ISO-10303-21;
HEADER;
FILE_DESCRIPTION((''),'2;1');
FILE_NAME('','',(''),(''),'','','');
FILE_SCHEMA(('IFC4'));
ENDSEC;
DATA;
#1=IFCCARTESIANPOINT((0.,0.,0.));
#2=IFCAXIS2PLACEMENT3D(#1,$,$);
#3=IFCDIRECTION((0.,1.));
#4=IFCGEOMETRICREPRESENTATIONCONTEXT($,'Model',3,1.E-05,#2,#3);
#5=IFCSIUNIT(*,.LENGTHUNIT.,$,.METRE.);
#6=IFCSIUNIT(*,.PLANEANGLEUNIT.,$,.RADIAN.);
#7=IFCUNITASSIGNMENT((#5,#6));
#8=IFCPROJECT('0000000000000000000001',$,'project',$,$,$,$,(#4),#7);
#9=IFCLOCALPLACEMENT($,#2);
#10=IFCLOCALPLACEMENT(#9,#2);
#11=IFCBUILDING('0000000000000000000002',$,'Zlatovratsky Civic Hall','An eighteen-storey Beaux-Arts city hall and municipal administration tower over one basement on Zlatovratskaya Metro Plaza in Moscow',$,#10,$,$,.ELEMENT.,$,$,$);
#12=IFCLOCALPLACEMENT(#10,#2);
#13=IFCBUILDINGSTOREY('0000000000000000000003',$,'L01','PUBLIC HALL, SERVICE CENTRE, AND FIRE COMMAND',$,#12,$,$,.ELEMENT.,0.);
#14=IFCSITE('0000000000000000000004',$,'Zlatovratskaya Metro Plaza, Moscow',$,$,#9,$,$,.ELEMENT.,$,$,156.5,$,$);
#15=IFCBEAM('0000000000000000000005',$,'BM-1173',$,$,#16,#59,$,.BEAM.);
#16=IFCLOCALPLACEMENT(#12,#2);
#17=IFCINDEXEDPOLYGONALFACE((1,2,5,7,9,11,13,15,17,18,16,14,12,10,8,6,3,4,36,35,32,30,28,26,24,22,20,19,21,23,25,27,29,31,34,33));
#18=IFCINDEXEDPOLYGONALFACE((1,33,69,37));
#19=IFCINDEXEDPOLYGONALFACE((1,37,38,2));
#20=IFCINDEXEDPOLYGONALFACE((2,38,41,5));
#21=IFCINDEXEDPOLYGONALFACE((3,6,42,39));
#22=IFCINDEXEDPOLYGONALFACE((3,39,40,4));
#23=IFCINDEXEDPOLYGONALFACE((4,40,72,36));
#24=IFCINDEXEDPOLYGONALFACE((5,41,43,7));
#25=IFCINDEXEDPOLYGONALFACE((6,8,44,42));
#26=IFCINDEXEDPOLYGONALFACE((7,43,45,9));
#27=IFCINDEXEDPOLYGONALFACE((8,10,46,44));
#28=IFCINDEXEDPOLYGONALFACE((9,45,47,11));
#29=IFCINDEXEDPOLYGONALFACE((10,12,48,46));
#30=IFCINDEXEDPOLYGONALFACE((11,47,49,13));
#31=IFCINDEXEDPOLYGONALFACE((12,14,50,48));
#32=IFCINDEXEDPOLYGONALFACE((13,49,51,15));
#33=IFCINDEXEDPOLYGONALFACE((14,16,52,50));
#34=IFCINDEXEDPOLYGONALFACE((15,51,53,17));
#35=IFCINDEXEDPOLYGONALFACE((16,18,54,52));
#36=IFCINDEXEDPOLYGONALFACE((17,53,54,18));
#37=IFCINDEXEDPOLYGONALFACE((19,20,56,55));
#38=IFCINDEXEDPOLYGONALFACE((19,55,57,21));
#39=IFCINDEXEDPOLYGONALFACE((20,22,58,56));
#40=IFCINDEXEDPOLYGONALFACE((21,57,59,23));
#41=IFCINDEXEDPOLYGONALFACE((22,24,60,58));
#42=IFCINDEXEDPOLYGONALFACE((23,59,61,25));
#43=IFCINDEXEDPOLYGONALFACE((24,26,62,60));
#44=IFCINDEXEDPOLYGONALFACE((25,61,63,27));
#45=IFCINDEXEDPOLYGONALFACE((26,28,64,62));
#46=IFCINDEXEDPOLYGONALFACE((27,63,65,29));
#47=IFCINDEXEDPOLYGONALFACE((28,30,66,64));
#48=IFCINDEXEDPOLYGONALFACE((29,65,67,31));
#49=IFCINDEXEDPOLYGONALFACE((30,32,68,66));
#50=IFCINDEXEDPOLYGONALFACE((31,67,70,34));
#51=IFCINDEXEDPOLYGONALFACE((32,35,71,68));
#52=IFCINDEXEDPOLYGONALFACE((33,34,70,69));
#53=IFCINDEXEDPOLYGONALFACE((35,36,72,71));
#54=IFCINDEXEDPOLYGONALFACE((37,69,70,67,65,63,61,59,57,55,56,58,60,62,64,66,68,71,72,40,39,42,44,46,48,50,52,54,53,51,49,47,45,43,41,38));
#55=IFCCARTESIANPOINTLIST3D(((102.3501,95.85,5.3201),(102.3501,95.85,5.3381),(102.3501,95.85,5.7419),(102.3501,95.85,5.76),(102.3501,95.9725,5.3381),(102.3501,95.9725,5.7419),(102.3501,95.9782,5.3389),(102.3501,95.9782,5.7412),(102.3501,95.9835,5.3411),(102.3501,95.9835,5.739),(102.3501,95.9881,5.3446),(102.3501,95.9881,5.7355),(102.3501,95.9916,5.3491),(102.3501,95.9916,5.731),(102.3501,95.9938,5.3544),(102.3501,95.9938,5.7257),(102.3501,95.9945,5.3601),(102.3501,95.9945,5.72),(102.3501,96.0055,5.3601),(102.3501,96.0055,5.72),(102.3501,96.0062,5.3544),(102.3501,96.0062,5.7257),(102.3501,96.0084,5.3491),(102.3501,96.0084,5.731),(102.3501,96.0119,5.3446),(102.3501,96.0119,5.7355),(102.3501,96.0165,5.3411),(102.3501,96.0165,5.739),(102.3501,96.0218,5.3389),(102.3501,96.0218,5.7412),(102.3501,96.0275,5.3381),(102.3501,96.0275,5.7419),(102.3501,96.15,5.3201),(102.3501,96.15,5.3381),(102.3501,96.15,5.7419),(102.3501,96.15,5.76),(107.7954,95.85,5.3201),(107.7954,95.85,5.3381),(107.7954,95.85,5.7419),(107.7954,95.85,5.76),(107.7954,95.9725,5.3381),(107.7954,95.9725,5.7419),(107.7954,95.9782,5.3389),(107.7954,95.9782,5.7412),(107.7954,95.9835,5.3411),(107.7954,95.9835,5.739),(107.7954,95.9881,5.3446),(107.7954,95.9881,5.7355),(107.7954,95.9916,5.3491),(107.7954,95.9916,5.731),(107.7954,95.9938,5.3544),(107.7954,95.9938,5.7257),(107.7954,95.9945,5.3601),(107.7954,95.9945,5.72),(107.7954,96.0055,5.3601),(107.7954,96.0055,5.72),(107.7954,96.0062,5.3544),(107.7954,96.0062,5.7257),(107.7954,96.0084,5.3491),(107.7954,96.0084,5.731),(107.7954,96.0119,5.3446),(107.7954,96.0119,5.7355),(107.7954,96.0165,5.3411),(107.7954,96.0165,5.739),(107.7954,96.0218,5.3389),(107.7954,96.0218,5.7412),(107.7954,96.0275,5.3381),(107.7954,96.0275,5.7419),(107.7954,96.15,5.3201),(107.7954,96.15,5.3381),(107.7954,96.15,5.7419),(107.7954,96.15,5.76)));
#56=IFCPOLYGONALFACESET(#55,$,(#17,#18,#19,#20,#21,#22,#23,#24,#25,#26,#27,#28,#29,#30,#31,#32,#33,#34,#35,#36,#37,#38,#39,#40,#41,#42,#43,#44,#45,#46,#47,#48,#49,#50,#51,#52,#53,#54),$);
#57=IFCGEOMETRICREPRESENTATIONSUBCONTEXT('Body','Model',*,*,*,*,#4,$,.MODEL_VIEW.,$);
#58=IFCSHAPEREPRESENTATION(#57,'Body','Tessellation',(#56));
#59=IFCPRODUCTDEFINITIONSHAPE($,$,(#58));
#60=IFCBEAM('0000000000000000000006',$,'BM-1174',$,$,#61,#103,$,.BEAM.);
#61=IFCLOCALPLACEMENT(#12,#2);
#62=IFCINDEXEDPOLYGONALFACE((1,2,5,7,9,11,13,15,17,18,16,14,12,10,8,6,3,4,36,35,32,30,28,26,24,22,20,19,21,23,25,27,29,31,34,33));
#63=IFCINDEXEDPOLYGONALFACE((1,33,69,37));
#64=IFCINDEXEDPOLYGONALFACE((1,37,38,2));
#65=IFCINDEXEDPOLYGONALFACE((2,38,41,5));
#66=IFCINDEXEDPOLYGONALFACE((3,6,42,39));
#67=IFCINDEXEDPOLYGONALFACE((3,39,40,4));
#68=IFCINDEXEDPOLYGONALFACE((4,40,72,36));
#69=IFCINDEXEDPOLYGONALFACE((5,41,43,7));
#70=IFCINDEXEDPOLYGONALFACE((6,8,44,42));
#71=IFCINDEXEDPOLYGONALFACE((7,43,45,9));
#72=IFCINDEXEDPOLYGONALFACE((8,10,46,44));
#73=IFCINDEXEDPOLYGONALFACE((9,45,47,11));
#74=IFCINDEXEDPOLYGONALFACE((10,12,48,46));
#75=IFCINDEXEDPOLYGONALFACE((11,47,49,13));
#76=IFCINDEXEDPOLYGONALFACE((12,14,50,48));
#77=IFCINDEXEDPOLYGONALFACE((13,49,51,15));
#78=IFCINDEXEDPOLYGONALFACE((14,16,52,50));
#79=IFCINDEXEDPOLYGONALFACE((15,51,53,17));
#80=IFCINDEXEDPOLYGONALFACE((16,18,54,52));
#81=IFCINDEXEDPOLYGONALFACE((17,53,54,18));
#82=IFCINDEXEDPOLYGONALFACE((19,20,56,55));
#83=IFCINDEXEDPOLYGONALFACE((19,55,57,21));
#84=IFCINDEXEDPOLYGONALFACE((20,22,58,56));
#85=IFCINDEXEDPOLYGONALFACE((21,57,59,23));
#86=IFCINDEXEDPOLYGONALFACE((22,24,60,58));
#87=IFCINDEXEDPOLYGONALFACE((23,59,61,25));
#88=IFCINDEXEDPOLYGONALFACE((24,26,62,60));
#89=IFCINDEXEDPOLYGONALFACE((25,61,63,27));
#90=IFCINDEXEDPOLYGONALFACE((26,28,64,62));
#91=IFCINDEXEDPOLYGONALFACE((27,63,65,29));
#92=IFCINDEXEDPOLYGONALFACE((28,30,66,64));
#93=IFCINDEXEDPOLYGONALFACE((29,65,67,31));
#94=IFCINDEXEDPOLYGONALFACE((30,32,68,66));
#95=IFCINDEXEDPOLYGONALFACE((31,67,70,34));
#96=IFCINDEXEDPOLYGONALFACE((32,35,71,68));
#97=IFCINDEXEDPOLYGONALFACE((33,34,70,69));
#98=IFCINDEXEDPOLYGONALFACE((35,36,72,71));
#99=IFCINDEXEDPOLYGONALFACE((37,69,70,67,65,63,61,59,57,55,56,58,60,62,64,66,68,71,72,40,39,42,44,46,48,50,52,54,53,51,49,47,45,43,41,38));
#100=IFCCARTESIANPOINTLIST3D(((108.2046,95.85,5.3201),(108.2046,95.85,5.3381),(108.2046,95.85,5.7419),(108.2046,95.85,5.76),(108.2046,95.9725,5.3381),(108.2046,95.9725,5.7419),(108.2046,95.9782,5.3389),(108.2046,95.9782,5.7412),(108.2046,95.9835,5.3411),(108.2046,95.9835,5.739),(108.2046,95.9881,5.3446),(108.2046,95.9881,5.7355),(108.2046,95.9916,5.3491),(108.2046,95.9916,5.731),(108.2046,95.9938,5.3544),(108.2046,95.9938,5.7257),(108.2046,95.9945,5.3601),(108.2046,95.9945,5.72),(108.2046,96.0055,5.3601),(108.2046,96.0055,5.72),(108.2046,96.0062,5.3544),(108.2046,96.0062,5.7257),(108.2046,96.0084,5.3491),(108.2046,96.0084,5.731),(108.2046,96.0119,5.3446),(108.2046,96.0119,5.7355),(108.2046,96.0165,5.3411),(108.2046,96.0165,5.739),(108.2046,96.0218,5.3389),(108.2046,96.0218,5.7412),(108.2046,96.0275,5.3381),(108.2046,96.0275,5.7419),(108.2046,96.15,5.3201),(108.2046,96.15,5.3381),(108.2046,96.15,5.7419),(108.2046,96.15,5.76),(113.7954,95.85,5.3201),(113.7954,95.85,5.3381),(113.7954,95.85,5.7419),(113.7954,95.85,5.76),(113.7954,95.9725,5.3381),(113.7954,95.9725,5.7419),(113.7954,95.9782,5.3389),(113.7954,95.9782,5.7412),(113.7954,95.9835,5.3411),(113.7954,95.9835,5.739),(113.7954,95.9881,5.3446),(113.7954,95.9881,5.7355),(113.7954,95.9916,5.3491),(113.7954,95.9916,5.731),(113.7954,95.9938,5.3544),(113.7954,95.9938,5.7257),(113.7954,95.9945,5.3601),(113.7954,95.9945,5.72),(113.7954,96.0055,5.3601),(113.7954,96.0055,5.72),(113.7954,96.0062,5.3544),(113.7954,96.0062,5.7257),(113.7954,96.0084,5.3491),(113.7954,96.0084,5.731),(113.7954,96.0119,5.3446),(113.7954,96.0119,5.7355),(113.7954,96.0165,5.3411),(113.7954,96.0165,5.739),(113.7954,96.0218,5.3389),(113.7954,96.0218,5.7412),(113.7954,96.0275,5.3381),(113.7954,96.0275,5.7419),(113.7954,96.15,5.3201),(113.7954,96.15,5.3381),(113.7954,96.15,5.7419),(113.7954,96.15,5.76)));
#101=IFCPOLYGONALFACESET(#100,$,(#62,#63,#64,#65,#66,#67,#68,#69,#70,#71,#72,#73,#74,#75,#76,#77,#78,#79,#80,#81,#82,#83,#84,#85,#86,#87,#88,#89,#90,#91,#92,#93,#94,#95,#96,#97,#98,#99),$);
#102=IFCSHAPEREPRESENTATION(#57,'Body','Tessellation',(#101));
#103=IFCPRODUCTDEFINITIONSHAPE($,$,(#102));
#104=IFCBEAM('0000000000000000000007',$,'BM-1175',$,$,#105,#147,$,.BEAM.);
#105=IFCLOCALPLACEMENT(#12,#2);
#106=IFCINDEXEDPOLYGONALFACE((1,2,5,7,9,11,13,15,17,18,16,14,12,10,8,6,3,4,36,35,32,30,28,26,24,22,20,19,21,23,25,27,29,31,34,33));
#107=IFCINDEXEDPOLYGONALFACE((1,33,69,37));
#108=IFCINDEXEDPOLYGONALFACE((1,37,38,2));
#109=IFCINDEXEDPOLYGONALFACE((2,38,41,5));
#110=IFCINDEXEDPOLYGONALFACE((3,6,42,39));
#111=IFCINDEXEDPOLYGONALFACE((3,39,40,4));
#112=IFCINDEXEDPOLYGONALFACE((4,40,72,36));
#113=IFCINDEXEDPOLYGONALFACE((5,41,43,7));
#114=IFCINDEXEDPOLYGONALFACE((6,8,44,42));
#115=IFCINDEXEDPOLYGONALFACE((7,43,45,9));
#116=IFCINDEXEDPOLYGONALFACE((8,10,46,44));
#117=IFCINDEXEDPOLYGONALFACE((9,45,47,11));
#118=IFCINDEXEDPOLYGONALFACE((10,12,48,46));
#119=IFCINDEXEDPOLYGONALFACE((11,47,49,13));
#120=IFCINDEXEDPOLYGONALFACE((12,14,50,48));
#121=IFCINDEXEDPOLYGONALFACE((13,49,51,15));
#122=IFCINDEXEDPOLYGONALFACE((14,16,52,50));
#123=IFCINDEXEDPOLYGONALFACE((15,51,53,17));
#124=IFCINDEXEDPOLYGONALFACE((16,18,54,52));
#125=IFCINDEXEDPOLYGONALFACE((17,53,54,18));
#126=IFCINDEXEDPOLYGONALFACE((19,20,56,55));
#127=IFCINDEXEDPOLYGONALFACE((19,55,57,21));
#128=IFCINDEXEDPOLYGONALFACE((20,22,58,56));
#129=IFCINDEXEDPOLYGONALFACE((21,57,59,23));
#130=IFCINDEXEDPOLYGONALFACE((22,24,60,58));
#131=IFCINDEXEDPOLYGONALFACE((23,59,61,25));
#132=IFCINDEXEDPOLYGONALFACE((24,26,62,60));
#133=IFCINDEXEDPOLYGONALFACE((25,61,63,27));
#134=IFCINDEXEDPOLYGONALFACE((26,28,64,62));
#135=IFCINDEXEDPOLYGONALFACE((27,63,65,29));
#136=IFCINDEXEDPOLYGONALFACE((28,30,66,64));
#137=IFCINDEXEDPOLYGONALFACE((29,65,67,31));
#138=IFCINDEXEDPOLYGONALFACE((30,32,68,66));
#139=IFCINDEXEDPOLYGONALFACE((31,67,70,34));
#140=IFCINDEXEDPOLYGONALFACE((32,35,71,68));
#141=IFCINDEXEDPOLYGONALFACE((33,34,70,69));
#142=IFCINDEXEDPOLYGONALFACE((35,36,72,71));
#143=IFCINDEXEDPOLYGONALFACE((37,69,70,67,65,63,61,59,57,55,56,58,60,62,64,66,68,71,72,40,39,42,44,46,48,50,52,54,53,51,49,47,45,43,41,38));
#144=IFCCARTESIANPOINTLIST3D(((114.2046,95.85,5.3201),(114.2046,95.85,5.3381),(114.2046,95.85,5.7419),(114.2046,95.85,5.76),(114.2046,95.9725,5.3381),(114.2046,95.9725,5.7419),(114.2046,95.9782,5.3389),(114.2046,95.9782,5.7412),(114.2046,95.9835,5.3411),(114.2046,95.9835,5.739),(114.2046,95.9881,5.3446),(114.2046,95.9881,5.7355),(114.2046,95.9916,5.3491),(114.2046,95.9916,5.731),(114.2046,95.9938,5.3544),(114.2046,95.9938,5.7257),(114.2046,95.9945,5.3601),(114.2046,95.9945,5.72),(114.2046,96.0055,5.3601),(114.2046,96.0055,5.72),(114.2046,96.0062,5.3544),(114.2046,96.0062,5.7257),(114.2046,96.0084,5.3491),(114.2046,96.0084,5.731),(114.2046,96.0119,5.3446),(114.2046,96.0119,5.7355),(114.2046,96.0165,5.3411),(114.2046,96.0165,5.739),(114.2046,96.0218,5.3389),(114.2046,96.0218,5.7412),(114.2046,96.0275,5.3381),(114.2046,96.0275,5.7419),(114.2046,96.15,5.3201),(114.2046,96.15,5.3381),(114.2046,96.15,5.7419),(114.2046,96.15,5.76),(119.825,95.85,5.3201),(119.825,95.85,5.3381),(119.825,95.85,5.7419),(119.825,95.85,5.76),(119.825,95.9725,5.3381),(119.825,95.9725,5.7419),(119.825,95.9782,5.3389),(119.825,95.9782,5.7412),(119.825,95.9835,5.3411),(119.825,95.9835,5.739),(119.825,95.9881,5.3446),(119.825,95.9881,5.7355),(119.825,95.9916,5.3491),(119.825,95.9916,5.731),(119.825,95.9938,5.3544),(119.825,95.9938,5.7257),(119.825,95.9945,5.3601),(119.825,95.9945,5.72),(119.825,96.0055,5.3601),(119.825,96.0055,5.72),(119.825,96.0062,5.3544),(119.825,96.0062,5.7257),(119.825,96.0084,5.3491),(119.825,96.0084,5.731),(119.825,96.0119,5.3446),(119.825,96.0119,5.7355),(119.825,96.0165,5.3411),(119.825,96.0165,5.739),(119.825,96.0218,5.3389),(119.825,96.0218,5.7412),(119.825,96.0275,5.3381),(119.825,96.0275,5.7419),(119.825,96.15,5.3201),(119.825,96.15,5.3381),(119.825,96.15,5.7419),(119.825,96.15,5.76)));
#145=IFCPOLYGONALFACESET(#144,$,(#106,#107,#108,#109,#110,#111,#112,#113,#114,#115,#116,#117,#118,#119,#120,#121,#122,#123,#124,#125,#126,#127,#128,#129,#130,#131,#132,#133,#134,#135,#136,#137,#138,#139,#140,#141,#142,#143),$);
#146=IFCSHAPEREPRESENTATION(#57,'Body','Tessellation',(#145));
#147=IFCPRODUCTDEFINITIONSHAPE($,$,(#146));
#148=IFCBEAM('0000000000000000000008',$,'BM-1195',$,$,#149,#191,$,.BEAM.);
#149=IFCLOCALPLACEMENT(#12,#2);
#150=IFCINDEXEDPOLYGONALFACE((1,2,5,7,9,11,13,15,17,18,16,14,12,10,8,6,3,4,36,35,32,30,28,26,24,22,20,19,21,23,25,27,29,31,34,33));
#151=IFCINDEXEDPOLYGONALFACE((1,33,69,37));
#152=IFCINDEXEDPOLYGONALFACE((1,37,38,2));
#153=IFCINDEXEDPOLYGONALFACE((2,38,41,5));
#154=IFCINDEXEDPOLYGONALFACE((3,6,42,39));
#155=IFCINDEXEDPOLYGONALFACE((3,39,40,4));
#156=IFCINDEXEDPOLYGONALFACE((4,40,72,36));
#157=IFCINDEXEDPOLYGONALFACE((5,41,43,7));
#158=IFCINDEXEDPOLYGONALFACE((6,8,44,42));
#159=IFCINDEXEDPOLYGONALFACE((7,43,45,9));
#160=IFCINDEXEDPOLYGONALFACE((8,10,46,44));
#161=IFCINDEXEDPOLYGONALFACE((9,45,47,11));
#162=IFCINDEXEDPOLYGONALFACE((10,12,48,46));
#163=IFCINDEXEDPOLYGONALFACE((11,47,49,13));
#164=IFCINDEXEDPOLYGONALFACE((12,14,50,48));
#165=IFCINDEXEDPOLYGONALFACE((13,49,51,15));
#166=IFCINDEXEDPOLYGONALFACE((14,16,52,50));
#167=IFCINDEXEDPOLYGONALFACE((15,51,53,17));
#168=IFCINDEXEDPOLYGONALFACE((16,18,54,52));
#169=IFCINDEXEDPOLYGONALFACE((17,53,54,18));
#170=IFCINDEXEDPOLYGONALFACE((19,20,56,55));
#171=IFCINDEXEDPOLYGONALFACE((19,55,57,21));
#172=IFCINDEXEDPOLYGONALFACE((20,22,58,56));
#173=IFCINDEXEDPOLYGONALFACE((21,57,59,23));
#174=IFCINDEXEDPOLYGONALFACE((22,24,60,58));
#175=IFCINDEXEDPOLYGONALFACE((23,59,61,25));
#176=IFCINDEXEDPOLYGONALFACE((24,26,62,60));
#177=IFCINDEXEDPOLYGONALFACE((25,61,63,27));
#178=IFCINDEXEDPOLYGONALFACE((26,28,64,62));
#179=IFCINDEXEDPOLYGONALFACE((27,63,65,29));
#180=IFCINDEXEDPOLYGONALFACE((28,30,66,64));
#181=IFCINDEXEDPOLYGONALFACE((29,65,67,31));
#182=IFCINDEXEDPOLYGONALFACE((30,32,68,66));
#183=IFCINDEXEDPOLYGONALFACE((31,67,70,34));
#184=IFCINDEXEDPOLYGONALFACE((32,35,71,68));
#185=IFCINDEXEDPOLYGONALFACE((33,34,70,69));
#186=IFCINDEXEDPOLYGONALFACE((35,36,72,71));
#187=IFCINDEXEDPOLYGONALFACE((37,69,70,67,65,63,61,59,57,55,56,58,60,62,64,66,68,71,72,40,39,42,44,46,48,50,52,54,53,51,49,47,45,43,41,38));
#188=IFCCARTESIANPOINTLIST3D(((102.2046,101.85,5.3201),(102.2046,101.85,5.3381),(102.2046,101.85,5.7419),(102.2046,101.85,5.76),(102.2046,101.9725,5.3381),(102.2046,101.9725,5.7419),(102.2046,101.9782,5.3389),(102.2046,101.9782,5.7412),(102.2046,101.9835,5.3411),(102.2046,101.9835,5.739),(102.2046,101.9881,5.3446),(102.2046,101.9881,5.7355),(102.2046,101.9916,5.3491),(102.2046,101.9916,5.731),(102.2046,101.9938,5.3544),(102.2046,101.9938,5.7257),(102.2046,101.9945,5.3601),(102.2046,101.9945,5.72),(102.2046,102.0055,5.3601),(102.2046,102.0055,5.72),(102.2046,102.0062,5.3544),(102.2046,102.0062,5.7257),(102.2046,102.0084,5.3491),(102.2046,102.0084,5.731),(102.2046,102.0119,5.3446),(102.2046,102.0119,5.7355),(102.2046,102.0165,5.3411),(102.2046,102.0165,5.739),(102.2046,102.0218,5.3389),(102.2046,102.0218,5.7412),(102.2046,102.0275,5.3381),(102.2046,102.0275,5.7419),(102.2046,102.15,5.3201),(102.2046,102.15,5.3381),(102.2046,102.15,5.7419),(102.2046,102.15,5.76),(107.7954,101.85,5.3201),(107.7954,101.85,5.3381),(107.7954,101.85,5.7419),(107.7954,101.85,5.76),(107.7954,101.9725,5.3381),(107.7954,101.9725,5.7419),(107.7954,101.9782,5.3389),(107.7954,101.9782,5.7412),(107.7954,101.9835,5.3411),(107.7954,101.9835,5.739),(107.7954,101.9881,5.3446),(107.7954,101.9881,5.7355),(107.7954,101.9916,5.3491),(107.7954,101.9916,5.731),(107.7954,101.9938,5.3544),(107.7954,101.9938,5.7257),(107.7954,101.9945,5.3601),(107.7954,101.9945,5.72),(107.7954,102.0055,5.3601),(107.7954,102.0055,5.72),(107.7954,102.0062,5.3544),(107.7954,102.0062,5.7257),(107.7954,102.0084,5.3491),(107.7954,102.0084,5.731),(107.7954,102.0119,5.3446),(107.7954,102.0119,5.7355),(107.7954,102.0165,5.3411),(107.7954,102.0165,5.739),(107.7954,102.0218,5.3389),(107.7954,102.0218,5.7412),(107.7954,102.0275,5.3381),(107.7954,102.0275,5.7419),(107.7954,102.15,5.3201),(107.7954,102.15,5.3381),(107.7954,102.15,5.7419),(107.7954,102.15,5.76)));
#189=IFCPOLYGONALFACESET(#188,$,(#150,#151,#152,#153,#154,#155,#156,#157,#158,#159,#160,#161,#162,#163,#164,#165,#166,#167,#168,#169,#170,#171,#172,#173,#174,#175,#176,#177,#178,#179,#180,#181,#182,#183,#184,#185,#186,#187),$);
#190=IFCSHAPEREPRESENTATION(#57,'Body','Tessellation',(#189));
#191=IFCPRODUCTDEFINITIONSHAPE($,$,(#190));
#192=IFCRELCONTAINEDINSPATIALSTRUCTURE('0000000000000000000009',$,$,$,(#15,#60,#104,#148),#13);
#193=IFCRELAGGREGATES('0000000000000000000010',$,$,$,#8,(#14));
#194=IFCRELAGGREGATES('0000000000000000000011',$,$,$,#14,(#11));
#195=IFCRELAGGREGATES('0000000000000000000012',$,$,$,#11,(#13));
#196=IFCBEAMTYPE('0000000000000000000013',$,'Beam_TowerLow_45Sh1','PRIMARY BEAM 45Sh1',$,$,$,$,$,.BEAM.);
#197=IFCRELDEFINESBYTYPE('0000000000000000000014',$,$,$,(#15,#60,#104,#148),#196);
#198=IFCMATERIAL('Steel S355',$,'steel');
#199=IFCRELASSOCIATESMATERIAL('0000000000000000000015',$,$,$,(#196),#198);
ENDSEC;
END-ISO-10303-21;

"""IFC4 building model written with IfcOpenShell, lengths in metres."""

from ifc_helpers import new_model, si_unit, direction, frame, origin, origin_2d, place, context, subcontext, project, spatial, i_section, extrude, material, material_profile, profile_set, type_object, element, save


model = new_model("IFC4")

# Units and contexts
model_context = context("Model", 3, precision=1e-05, world=origin(), true_north=direction((0.0, 1.0)))
body_context = subcontext(model_context, "Body", "Model", "MODEL_VIEW")
ifc_project = project(units=[si_unit("LENGTHUNIT", "METRE"), si_unit("PLANEANGLEUNIT", "RADIAN")], contexts=[model_context])

# Site, building, storey
site_placement = place(None, origin())
site = spatial("IfcSite", under=ifc_project, at=site_placement, Name="Zlatovratskaya Metro Plaza, Moscow", CompositionType="ELEMENT", RefElevation=156.5)
building_placement = place(site_placement, origin())
building = spatial("IfcBuilding", under=site, at=building_placement, Name="Zlatovratsky Civic Hall", Description="An eighteen-storey Beaux-Arts city hall and municipal administration tower over one basement on Zlatovratskaya Metro Plaza in Moscow", CompositionType="ELEMENT")
storey_placement = place(building_placement, origin())
storey = spatial("IfcBuildingStorey", under=building, at=storey_placement, Name="L01", Description="PUBLIC HALL, SERVICE CENTRE, AND FIRE COMMAND", CompositionType="ELEMENT", Elevation=0.0)

# Shared definitions
ifc_material_1 = material(Name="Steel S355", Category="steel")

# Beams
ifc_material_profile_1 = material_profile(ifc_material_1, i_section(OverallWidth=0.3, OverallDepth=0.4399, WebThickness=0.011, FlangeThickness=0.0181, FilletRadius=0.022, at=origin_2d()), Name="45Sh1")
ifc_profile_set_1 = profile_set([ifc_material_profile_1], Name="Steel S355")
beam_type = type_object("IfcBeamType", Name="Beam_TowerLow_45Sh1", Description="PRIMARY BEAM 45Sh1", PredefinedType="BEAM", material=ifc_profile_set_1)
beam_1_placement = place(storey_placement, frame((102.3501, 96.0, 5.54), z_axis=(1.0, 0.0, 0.0), x_axis=(0.0, 1.0, 0.0)))
element("IfcBeam", 1, at=beam_1_placement, inside=storey, type_object=beam_type, Name="BM-1173", PredefinedType="BEAM", context=body_context, shape_type="SweptSolid", body=[
    extrude(i_section(OverallWidth=0.3, OverallDepth=0.4399, WebThickness=0.011, FlangeThickness=0.0181, FilletRadius=0.022, at=origin_2d()), origin(), (0.0, 0.0, 1.0), 5.4453),
])
beam_2_placement = place(storey_placement, frame((108.2046, 96.0, 5.54), z_axis=(1.0, 0.0, 0.0), x_axis=(0.0, 1.0, 0.0)))
element("IfcBeam", 2, at=beam_2_placement, inside=storey, type_object=beam_type, Name="BM-1174", PredefinedType="BEAM", context=body_context, shape_type="SweptSolid", body=[
    extrude(i_section(OverallWidth=0.3, OverallDepth=0.4399, WebThickness=0.011, FlangeThickness=0.0181, FilletRadius=0.022, at=origin_2d()), origin(), (0.0, 0.0, 1.0), 5.5908),
])
beam_3_placement = place(storey_placement, frame((114.2046, 96.0, 5.54), z_axis=(1.0, 0.0, 0.0), x_axis=(0.0, 1.0, 0.0)))
element("IfcBeam", 3, at=beam_3_placement, inside=storey, type_object=beam_type, Name="BM-1175", PredefinedType="BEAM", context=body_context, shape_type="SweptSolid", body=[
    extrude(i_section(OverallWidth=0.3, OverallDepth=0.4399, WebThickness=0.011, FlangeThickness=0.0181, FilletRadius=0.022, at=origin_2d()), origin(), (0.0, 0.0, 1.0), 5.6204),
])
for number, where, z_axis, x_axis, name in (
    (4, (102.2046, 102.0, 5.54), (1.0, 0.0, 0.0), (0.0, 1.0, 0.0), "BM-1195"),
):
    element("IfcBeam", number, at=place(storey_placement, frame(where, z_axis=z_axis, x_axis=x_axis)), inside=storey, type_object=beam_type, Name=name, PredefinedType="BEAM", context=body_context, shape_type="SweptSolid", body=[
        extrude(i_section(OverallWidth=0.3, OverallDepth=0.4399, WebThickness=0.011, FlangeThickness=0.0181, FilletRadius=0.022, at=origin_2d()), origin(), (0.0, 0.0, 1.0), 5.5908),
    ])

save(model, "model.ifc")
